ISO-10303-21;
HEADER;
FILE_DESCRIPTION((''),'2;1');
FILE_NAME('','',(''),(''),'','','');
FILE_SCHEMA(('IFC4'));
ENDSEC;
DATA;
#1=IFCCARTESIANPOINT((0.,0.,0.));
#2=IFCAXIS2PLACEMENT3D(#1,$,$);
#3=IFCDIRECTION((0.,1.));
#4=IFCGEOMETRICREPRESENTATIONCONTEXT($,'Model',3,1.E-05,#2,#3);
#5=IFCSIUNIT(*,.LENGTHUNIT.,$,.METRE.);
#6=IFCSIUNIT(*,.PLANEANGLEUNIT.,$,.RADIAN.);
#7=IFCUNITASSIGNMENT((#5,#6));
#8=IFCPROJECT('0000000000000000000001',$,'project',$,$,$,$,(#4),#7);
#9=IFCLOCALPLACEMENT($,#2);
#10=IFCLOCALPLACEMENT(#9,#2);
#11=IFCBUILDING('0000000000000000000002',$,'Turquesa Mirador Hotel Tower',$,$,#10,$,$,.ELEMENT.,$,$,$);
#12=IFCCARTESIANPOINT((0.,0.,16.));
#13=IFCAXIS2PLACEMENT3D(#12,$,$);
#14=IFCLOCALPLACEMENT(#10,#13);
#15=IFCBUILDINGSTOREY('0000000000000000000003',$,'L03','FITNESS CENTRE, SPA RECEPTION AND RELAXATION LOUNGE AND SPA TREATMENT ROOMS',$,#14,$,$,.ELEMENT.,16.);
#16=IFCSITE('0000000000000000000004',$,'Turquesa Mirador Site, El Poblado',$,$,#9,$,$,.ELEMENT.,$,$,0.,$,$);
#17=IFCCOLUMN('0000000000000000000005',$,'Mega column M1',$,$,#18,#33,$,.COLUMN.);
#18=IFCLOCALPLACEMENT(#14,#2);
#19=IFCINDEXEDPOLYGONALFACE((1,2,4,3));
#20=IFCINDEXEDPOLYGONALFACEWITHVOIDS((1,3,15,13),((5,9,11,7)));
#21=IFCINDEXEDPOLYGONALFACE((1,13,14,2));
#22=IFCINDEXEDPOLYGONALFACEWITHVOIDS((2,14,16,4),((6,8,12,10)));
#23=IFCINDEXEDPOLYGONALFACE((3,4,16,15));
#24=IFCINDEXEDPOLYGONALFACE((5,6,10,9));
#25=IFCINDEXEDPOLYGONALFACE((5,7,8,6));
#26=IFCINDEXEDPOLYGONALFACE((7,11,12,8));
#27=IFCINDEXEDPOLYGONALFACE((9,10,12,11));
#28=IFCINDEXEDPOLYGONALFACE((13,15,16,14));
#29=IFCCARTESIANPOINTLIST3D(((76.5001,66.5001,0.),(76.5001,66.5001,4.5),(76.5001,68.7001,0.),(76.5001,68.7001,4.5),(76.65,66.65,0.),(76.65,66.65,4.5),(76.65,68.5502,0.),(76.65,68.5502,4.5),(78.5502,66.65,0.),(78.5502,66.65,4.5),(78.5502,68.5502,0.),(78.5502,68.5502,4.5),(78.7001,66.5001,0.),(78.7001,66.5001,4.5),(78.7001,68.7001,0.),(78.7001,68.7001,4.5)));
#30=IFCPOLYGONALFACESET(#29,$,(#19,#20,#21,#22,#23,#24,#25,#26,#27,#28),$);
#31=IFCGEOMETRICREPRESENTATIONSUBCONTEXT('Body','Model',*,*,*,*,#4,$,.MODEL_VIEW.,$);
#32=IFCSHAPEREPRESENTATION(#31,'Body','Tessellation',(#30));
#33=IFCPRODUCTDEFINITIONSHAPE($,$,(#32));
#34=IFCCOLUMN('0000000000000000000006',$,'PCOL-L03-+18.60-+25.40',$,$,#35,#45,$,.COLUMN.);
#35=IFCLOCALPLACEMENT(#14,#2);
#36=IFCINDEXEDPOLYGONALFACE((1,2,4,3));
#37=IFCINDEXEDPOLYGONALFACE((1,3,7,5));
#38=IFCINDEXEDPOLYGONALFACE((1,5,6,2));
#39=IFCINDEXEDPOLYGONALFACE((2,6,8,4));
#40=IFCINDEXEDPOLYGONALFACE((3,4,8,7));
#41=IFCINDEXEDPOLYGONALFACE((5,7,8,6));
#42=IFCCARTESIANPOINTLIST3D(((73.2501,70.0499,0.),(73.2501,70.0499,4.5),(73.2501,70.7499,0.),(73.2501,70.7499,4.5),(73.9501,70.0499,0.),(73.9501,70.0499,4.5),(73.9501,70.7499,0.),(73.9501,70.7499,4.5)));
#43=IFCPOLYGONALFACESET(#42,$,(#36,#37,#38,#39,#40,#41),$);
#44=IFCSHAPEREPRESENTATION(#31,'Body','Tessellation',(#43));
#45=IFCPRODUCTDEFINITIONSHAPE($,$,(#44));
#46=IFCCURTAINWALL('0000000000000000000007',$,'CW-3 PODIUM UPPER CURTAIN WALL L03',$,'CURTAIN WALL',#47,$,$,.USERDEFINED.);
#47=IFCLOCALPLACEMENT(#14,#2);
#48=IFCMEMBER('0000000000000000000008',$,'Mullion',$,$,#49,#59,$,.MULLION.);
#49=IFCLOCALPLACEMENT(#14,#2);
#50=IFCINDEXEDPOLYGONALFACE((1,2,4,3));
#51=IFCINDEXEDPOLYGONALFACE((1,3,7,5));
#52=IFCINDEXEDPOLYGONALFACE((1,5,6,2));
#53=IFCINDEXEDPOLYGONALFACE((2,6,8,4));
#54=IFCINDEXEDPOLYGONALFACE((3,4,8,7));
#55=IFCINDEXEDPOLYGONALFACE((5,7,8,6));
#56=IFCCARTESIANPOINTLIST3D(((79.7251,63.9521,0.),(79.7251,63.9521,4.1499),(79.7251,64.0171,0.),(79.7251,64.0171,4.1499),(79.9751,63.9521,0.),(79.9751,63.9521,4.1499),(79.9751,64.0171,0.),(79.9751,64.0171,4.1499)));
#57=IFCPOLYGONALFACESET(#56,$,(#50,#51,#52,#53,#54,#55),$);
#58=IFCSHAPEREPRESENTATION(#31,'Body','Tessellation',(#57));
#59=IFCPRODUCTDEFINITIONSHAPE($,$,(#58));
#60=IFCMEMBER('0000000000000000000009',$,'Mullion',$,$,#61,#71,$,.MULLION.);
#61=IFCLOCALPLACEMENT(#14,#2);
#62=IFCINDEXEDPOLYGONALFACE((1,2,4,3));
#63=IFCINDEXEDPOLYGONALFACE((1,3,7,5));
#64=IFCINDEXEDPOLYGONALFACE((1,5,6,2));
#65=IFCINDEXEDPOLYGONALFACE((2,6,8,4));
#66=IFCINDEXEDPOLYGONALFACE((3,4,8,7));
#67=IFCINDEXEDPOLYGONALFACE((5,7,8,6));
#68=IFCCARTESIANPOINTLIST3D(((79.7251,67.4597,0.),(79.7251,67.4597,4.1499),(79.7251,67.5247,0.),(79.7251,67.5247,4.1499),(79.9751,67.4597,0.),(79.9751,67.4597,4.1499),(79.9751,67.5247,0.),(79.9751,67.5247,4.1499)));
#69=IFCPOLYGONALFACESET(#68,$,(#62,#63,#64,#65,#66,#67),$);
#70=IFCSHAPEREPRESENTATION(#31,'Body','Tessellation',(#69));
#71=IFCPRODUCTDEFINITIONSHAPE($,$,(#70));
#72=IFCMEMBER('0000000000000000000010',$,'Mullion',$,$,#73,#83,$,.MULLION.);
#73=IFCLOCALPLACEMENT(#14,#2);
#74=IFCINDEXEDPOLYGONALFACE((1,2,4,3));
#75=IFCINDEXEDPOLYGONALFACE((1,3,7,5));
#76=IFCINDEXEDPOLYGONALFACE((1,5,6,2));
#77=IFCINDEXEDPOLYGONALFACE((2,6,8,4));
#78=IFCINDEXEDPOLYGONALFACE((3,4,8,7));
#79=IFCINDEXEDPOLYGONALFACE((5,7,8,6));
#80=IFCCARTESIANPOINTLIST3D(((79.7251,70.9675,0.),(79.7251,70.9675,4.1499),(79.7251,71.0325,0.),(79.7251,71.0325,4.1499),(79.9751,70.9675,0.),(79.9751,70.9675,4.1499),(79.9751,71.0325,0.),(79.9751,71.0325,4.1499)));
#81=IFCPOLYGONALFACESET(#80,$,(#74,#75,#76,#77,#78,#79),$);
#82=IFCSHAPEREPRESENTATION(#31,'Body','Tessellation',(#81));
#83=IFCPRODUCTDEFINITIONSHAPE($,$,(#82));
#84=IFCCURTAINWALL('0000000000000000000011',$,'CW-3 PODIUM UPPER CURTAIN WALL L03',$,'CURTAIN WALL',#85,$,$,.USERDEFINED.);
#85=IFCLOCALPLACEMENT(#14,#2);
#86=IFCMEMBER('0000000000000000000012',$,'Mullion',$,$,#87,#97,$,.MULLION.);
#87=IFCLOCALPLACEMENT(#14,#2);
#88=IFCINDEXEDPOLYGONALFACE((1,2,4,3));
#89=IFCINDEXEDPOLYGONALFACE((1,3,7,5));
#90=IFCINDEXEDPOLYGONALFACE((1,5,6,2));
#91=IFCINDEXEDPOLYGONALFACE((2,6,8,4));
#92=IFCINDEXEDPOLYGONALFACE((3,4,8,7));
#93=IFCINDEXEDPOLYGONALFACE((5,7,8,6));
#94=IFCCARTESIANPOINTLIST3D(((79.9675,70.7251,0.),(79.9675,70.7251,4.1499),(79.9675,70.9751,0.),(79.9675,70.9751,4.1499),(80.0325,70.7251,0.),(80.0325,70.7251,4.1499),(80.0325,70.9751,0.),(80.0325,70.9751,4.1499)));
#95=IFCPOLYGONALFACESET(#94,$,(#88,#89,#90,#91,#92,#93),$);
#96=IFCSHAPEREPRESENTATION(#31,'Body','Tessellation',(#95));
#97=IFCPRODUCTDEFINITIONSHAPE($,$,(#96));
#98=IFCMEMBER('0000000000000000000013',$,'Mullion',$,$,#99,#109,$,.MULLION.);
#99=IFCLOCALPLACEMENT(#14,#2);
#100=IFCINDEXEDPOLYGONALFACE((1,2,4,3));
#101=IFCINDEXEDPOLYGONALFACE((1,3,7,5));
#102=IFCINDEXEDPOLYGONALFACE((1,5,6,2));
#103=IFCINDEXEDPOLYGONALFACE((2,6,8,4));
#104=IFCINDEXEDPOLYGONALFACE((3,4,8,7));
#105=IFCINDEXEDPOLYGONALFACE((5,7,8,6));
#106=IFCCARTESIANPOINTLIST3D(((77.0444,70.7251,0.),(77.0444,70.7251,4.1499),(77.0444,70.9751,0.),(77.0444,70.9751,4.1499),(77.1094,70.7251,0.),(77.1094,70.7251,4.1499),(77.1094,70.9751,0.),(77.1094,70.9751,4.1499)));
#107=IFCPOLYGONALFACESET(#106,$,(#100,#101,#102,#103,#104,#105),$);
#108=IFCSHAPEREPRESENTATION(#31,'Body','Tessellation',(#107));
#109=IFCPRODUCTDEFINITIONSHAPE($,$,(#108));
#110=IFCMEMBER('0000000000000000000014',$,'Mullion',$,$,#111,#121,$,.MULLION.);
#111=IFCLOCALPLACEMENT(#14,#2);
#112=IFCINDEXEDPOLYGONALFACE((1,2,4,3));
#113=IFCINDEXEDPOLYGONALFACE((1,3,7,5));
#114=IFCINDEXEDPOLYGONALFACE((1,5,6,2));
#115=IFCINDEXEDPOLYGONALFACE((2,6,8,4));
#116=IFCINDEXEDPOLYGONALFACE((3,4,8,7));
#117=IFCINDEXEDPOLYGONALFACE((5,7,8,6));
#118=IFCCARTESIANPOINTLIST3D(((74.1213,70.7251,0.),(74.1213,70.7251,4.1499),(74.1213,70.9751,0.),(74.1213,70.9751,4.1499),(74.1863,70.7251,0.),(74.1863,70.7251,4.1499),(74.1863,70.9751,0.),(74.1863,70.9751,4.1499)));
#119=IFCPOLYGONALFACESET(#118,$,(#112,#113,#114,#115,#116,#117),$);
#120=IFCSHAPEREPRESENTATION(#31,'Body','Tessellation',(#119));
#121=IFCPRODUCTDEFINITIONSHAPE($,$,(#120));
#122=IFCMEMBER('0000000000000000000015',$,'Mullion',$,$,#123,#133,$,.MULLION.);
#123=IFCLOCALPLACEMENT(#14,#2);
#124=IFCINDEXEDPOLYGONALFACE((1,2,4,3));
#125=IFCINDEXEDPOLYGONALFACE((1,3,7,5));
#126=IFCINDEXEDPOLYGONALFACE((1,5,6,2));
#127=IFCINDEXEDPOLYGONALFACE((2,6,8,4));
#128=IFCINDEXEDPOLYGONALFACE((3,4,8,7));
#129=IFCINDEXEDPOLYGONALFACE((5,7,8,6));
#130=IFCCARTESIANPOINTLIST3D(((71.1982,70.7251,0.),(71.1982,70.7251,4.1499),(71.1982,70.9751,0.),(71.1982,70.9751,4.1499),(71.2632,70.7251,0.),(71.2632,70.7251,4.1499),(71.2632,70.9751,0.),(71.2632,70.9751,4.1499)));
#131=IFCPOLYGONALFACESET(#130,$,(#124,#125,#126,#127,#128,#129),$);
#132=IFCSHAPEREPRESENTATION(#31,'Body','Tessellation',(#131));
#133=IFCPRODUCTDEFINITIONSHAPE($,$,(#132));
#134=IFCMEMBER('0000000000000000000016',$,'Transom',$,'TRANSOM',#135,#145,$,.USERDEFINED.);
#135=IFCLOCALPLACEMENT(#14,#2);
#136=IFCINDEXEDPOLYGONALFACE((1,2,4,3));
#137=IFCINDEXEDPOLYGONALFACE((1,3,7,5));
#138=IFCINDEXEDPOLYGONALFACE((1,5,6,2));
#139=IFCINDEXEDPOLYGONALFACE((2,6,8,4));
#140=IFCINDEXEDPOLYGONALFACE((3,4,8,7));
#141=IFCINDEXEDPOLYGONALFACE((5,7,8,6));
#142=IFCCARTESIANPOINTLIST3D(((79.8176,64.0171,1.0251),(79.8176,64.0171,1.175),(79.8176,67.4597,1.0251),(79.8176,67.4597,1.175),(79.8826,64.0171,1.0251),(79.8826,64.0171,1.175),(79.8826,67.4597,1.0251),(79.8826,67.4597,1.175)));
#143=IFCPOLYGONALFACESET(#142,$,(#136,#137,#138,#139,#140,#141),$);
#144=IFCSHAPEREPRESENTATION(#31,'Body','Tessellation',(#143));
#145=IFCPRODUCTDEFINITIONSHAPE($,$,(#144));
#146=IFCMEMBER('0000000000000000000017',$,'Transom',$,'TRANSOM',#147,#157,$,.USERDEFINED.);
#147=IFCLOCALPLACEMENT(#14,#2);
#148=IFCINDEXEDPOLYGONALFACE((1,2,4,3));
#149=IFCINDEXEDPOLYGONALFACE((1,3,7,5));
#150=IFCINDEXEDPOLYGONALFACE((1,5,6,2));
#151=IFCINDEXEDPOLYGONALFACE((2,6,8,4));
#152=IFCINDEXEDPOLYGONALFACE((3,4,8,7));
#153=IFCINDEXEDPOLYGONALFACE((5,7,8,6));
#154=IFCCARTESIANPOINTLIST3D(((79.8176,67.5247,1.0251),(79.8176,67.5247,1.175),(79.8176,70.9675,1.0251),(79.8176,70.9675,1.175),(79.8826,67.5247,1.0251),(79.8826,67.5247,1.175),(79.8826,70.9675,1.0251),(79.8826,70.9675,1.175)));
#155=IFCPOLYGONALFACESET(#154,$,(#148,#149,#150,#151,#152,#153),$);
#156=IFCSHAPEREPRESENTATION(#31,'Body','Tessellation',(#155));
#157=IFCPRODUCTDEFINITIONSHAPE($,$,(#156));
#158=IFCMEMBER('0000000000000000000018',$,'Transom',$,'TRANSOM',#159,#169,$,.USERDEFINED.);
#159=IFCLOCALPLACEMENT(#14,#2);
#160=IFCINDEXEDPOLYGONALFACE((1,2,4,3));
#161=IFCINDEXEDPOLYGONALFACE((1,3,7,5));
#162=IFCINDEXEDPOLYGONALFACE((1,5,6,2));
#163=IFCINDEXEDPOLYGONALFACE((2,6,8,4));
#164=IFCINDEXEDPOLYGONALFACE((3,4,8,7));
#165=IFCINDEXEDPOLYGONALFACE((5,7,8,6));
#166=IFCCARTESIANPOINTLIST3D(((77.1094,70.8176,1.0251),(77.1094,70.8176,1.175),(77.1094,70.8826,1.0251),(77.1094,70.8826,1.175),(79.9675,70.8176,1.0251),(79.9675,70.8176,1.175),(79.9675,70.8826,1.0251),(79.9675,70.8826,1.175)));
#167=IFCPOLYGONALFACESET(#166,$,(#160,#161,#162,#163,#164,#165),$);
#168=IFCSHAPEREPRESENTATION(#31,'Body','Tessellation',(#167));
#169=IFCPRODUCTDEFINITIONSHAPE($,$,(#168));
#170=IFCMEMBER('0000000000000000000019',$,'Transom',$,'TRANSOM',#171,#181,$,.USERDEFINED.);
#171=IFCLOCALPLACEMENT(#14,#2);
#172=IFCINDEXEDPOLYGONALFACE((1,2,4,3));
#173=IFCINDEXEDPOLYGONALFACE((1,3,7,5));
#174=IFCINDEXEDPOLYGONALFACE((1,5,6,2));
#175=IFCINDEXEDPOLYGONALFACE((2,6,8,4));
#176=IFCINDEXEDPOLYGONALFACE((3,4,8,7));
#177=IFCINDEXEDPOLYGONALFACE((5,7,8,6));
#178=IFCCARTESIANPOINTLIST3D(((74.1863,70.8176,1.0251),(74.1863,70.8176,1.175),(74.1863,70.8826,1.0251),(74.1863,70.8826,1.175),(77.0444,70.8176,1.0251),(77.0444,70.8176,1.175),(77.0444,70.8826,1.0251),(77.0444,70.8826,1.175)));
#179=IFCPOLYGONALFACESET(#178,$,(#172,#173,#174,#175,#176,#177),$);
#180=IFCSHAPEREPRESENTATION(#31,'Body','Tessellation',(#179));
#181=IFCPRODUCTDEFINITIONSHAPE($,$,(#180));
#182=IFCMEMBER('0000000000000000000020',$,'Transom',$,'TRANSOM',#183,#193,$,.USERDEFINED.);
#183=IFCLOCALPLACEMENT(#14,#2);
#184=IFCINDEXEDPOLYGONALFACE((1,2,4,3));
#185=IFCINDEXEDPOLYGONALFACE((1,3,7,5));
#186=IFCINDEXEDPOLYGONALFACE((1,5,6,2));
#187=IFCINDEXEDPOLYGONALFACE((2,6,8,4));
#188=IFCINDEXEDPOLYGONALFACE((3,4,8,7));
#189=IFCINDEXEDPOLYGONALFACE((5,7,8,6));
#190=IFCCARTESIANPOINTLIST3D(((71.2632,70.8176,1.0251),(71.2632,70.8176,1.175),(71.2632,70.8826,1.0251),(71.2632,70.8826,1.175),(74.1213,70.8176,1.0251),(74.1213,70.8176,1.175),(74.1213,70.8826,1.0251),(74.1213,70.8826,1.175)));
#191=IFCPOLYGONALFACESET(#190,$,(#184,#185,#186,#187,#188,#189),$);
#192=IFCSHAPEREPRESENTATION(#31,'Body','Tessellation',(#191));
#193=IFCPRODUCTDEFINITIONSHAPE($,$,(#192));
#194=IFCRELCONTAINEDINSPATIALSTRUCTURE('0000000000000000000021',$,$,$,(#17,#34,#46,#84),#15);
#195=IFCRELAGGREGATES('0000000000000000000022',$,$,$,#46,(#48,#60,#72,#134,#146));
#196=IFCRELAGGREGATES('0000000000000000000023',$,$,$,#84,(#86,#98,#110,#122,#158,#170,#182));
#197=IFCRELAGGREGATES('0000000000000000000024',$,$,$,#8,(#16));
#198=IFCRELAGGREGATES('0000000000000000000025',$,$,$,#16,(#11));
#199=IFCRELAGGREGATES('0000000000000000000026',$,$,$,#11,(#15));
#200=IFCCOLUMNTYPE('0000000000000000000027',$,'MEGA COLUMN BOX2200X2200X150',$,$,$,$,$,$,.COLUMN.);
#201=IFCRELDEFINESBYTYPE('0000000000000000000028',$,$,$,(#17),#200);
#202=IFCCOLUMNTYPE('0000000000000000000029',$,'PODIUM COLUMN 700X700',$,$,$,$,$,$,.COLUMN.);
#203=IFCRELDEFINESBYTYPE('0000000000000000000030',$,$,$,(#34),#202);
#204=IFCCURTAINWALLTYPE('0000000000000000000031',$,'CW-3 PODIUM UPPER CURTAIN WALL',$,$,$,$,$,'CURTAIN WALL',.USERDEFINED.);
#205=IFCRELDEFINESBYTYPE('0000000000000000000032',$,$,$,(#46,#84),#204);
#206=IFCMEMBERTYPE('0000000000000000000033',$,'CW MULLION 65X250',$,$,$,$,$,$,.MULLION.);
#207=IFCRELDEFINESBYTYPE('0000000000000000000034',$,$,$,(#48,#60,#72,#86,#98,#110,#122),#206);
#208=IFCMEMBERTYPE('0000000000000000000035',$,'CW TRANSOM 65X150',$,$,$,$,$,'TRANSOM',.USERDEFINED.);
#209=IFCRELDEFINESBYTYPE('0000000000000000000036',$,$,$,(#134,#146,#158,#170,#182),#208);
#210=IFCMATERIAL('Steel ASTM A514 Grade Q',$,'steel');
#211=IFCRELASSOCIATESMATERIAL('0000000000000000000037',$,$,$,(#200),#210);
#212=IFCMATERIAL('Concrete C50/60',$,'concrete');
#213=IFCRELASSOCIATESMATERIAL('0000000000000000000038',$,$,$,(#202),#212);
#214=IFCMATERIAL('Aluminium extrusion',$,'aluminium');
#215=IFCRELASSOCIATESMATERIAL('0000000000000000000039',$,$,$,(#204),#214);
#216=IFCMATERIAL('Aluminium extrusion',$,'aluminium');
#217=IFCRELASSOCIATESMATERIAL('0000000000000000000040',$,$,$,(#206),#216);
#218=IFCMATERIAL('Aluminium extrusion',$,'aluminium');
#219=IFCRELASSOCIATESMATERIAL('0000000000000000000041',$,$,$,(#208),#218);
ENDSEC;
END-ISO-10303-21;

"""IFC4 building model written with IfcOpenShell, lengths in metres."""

from ifc_helpers import new_model, si_unit, direction, frame, origin, origin_2d, place, context, subcontext, project, spatial, rectangle, hollow_rectangle, extrude, material, material_profile, profile_set, type_object, element, aggregate, save


model = new_model("IFC4")

# Units and contexts
model_context = context("Model", 3, precision=1e-05, world=origin(), true_north=direction((0.0, 1.0)))
body_context = subcontext(model_context, "Body", "Model", "MODEL_VIEW")
ifc_project = project(units=[si_unit("LENGTHUNIT", "METRE"), si_unit("PLANEANGLEUNIT", "RADIAN")], contexts=[model_context])

# Site, building, storey
site_placement = place(None, origin())
site = spatial("IfcSite", under=ifc_project, at=site_placement, Name="Turquesa Mirador Site, El Poblado", CompositionType="ELEMENT", RefElevation=0.0)
building_placement = place(site_placement, origin())
building = spatial("IfcBuilding", under=site, at=building_placement, Name="Turquesa Mirador Hotel Tower", CompositionType="ELEMENT")
storey_placement = place(building_placement, frame((0.0, 0.0, 16.0)))
storey = spatial("IfcBuildingStorey", under=building, at=storey_placement, Name="L03", Description="FITNESS CENTRE, SPA RECEPTION AND RELAXATION LOUNGE AND SPA TREATMENT ROOMS", CompositionType="ELEMENT", Elevation=16.0)

# Columns
ifc_material_1 = material(Name="Steel ASTM A514 Grade Q", Category="steel")
ifc_material_profile_1 = material_profile(ifc_material_1, hollow_rectangle(XDim=2.2, YDim=2.2, WallThickness=0.1499, at=origin_2d()), Name="BOX2200X2200X150")
ifc_profile_set_1 = profile_set([ifc_material_profile_1], Name="Steel ASTM A514 Grade Q")
column_type_1 = type_object("IfcColumnType", Name="MEGA COLUMN BOX2200X2200X150", PredefinedType="COLUMN", material=ifc_profile_set_1)
column_1_placement = place(storey_placement, frame((77.6001, 67.6001, 0.0), z_axis=(0.0, 0.0, 1.0), x_axis=(1.0, 0.0, 0.0)))
element("IfcColumn", 1, at=column_1_placement, inside=storey, type_object=column_type_1, Name="Mega column M1", PredefinedType="COLUMN", context=body_context, shape_type="SweptSolid", body=[
    extrude(hollow_rectangle(XDim=2.2, YDim=2.2, WallThickness=0.1499, at=origin_2d()), origin(), (0.0, 0.0, 1.0), 4.5),
])
ifc_material_2 = material(Name="Concrete C50/60", Category="concrete")
ifc_material_profile_2 = material_profile(ifc_material_2, rectangle(XDim=0.7, YDim=0.7, at=origin_2d()), Name="RC 700X700")
ifc_profile_set_2 = profile_set([ifc_material_profile_2], Name="Concrete C50/60")
column_type_2 = type_object("IfcColumnType", Name="PODIUM COLUMN 700X700", PredefinedType="COLUMN", material=ifc_profile_set_2)
column_2_placement = place(storey_placement, frame((73.6001, 70.3999, 0.0), z_axis=(0.0, 0.0, 1.0), x_axis=(1.0, 0.0, 0.0)))
element("IfcColumn", 2, at=column_2_placement, inside=storey, type_object=column_type_2, Name="PCOL-L03-+18.60-+25.40", PredefinedType="COLUMN", context=body_context, shape_type="SweptSolid", body=[
    extrude(rectangle(XDim=0.7, YDim=0.7, at=origin_2d()), origin(), (0.0, 0.0, 1.0), 4.5),
])

# Curtain walls, members
ifc_material_3 = material(Name="Aluminium extrusion", Category="aluminium")
curtain_wall_type = type_object("IfcCurtainWallType", Name="CW-3 PODIUM UPPER CURTAIN WALL", ElementType="CURTAIN WALL", PredefinedType="USERDEFINED", material=ifc_material_3)
curtain_wall_1_placement = place(storey_placement, origin())
curtain_wall_1 = element("IfcCurtainWall", 3, at=curtain_wall_1_placement, inside=storey, type_object=curtain_wall_type, Name="CW-3 PODIUM UPPER CURTAIN WALL L03", ObjectType="CURTAIN WALL", PredefinedType="USERDEFINED")
ifc_material_4 = material(Name="Aluminium extrusion", Category="aluminium")
ifc_material_profile_3 = material_profile(ifc_material_4, rectangle(XDim=0.0649, YDim=0.25, at=origin_2d()), Name="MULLION 65X250")
ifc_profile_set_3 = profile_set([ifc_material_profile_3], Name="Aluminium extrusion")
member_type_1 = type_object("IfcMemberType", Name="CW MULLION 65X250", PredefinedType="MULLION", material=ifc_profile_set_3)
member_1_placement = place(storey_placement, frame((79.8501, 63.9846, 0.0), z_axis=(0.0, 0.0, 1.0), x_axis=(0.0, 1.0, 0.0)))
member_1 = element("IfcMember", 4, at=member_1_placement, type_object=member_type_1, Name="Mullion", PredefinedType="MULLION", context=body_context, shape_type="SweptSolid", body=[
    extrude(rectangle(XDim=0.0649, YDim=0.25, at=origin_2d()), origin(), (0.0, 0.0, 1.0), 4.1499),
])
member_2_placement = place(storey_placement, frame((79.8501, 67.4922, 0.0), z_axis=(0.0, 0.0, 1.0), x_axis=(0.0, 1.0, 0.0)))
member_2 = element("IfcMember", 5, at=member_2_placement, type_object=member_type_1, Name="Mullion", PredefinedType="MULLION", context=body_context, shape_type="SweptSolid", body=[
    extrude(rectangle(XDim=0.0649, YDim=0.25, at=origin_2d()), origin(), (0.0, 0.0, 1.0), 4.1499),
])
member_3_placement = place(storey_placement, frame((79.8501, 71.0, 0.0), z_axis=(0.0, 0.0, 1.0), x_axis=(0.0, 1.0, 0.0)))
member_3 = element("IfcMember", 6, at=member_3_placement, type_object=member_type_1, Name="Mullion", PredefinedType="MULLION", context=body_context, shape_type="SweptSolid", body=[
    extrude(rectangle(XDim=0.0649, YDim=0.25, at=origin_2d()), origin(), (0.0, 0.0, 1.0), 4.1499),
])
curtain_wall_2_placement = place(storey_placement, origin())
curtain_wall_2 = element("IfcCurtainWall", 7, at=curtain_wall_2_placement, inside=storey, type_object=curtain_wall_type, Name="CW-3 PODIUM UPPER CURTAIN WALL L03", ObjectType="CURTAIN WALL", PredefinedType="USERDEFINED")
member_4_placement = place(storey_placement, frame((80.0, 70.8501, 0.0), z_axis=(0.0, 0.0, 1.0), x_axis=(-1.0, 0.0, 0.0)))
member_4 = element("IfcMember", 8, at=member_4_placement, type_object=member_type_1, Name="Mullion", PredefinedType="MULLION", context=body_context, shape_type="SweptSolid", body=[
    extrude(rectangle(XDim=0.0649, YDim=0.25, at=origin_2d()), origin(), (0.0, 0.0, 1.0), 4.1499),
])
member_5_placement = place(storey_placement, frame((77.0769, 70.8501, 0.0), z_axis=(0.0, 0.0, 1.0), x_axis=(-1.0, 0.0, 0.0)))
member_5 = element("IfcMember", 9, at=member_5_placement, type_object=member_type_1, Name="Mullion", PredefinedType="MULLION", context=body_context, shape_type="SweptSolid", body=[
    extrude(rectangle(XDim=0.0649, YDim=0.25, at=origin_2d()), origin(), (0.0, 0.0, 1.0), 4.1499),
])
member_6_placement = place(storey_placement, frame((74.1538, 70.8501, 0.0), z_axis=(0.0, 0.0, 1.0), x_axis=(-1.0, 0.0, 0.0)))
member_6 = element("IfcMember", 10, at=member_6_placement, type_object=member_type_1, Name="Mullion", PredefinedType="MULLION", context=body_context, shape_type="SweptSolid", body=[
    extrude(rectangle(XDim=0.0649, YDim=0.25, at=origin_2d()), origin(), (0.0, 0.0, 1.0), 4.1499),
])
member_7_placement = place(storey_placement, frame((71.2307, 70.8501, 0.0), z_axis=(0.0, 0.0, 1.0), x_axis=(-1.0, 0.0, 0.0)))
member_7 = element("IfcMember", 11, at=member_7_placement, type_object=member_type_1, Name="Mullion", PredefinedType="MULLION", context=body_context, shape_type="SweptSolid", body=[
    extrude(rectangle(XDim=0.0649, YDim=0.25, at=origin_2d()), origin(), (0.0, 0.0, 1.0), 4.1499),
])

# Members
ifc_material_5 = material(Name="Aluminium extrusion", Category="aluminium")
ifc_material_profile_4 = material_profile(ifc_material_5, rectangle(XDim=0.0649, YDim=0.1499, at=origin_2d()), Name="TRANSOM 65X150")
ifc_profile_set_4 = profile_set([ifc_material_profile_4], Name="Aluminium extrusion")
member_type_2 = type_object("IfcMemberType", Name="CW TRANSOM 65X150", ElementType="TRANSOM", PredefinedType="USERDEFINED", material=ifc_profile_set_4)
member_8_placement = place(storey_placement, frame((79.8501, 64.0171, 1.1001), z_axis=(0.0, 1.0, 0.0), x_axis=(-1.0, 0.0, 0.0)))
member_8 = element("IfcMember", 12, at=member_8_placement, type_object=member_type_2, Name="Transom", ObjectType="TRANSOM", PredefinedType="USERDEFINED", context=body_context, shape_type="SweptSolid", body=[
    extrude(rectangle(XDim=0.0649, YDim=0.1499, at=origin_2d()), origin(), (0.0, 0.0, 1.0), 3.4426),
])
member_9_placement = place(storey_placement, frame((79.8501, 67.5247, 1.1001), z_axis=(0.0, 1.0, 0.0), x_axis=(-1.0, 0.0, 0.0)))
member_9 = element("IfcMember", 13, at=member_9_placement, type_object=member_type_2, Name="Transom", ObjectType="TRANSOM", PredefinedType="USERDEFINED", context=body_context, shape_type="SweptSolid", body=[
    extrude(rectangle(XDim=0.0649, YDim=0.1499, at=origin_2d()), origin(), (0.0, 0.0, 1.0), 3.4429),
])
member_10_placement = place(storey_placement, frame((79.9675, 70.8501, 1.1001), z_axis=(-1.0, 0.0, 0.0), x_axis=(0.0, -1.0, 0.0)))
member_10 = element("IfcMember", 14, at=member_10_placement, type_object=member_type_2, Name="Transom", ObjectType="TRANSOM", PredefinedType="USERDEFINED", context=body_context, shape_type="SweptSolid", body=[
    extrude(rectangle(XDim=0.0649, YDim=0.1499, at=origin_2d()), origin(), (0.0, 0.0, 1.0), 2.8582),
])
member_11_placement = place(storey_placement, frame((77.0444, 70.8501, 1.1001), z_axis=(-1.0, 0.0, 0.0), x_axis=(0.0, -1.0, 0.0)))
member_11 = element("IfcMember", 15, at=member_11_placement, type_object=member_type_2, Name="Transom", ObjectType="TRANSOM", PredefinedType="USERDEFINED", context=body_context, shape_type="SweptSolid", body=[
    extrude(rectangle(XDim=0.0649, YDim=0.1499, at=origin_2d()), origin(), (0.0, 0.0, 1.0), 2.8582),
])
member_12_placement = place(storey_placement, frame((74.1213, 70.8501, 1.1001), z_axis=(-1.0, 0.0, 0.0), x_axis=(0.0, -1.0, 0.0)))
member_12 = element("IfcMember", 16, at=member_12_placement, type_object=member_type_2, Name="Transom", ObjectType="TRANSOM", PredefinedType="USERDEFINED", context=body_context, shape_type="SweptSolid", body=[
    extrude(rectangle(XDim=0.0649, YDim=0.1499, at=origin_2d()), origin(), (0.0, 0.0, 1.0), 2.8582),
])

aggregate(curtain_wall_1, [member_1, member_2, member_3, member_8, member_9])
aggregate(curtain_wall_2, [member_4, member_5, member_6, member_7, member_10, member_11, member_12])

save(model, "model.ifc")
